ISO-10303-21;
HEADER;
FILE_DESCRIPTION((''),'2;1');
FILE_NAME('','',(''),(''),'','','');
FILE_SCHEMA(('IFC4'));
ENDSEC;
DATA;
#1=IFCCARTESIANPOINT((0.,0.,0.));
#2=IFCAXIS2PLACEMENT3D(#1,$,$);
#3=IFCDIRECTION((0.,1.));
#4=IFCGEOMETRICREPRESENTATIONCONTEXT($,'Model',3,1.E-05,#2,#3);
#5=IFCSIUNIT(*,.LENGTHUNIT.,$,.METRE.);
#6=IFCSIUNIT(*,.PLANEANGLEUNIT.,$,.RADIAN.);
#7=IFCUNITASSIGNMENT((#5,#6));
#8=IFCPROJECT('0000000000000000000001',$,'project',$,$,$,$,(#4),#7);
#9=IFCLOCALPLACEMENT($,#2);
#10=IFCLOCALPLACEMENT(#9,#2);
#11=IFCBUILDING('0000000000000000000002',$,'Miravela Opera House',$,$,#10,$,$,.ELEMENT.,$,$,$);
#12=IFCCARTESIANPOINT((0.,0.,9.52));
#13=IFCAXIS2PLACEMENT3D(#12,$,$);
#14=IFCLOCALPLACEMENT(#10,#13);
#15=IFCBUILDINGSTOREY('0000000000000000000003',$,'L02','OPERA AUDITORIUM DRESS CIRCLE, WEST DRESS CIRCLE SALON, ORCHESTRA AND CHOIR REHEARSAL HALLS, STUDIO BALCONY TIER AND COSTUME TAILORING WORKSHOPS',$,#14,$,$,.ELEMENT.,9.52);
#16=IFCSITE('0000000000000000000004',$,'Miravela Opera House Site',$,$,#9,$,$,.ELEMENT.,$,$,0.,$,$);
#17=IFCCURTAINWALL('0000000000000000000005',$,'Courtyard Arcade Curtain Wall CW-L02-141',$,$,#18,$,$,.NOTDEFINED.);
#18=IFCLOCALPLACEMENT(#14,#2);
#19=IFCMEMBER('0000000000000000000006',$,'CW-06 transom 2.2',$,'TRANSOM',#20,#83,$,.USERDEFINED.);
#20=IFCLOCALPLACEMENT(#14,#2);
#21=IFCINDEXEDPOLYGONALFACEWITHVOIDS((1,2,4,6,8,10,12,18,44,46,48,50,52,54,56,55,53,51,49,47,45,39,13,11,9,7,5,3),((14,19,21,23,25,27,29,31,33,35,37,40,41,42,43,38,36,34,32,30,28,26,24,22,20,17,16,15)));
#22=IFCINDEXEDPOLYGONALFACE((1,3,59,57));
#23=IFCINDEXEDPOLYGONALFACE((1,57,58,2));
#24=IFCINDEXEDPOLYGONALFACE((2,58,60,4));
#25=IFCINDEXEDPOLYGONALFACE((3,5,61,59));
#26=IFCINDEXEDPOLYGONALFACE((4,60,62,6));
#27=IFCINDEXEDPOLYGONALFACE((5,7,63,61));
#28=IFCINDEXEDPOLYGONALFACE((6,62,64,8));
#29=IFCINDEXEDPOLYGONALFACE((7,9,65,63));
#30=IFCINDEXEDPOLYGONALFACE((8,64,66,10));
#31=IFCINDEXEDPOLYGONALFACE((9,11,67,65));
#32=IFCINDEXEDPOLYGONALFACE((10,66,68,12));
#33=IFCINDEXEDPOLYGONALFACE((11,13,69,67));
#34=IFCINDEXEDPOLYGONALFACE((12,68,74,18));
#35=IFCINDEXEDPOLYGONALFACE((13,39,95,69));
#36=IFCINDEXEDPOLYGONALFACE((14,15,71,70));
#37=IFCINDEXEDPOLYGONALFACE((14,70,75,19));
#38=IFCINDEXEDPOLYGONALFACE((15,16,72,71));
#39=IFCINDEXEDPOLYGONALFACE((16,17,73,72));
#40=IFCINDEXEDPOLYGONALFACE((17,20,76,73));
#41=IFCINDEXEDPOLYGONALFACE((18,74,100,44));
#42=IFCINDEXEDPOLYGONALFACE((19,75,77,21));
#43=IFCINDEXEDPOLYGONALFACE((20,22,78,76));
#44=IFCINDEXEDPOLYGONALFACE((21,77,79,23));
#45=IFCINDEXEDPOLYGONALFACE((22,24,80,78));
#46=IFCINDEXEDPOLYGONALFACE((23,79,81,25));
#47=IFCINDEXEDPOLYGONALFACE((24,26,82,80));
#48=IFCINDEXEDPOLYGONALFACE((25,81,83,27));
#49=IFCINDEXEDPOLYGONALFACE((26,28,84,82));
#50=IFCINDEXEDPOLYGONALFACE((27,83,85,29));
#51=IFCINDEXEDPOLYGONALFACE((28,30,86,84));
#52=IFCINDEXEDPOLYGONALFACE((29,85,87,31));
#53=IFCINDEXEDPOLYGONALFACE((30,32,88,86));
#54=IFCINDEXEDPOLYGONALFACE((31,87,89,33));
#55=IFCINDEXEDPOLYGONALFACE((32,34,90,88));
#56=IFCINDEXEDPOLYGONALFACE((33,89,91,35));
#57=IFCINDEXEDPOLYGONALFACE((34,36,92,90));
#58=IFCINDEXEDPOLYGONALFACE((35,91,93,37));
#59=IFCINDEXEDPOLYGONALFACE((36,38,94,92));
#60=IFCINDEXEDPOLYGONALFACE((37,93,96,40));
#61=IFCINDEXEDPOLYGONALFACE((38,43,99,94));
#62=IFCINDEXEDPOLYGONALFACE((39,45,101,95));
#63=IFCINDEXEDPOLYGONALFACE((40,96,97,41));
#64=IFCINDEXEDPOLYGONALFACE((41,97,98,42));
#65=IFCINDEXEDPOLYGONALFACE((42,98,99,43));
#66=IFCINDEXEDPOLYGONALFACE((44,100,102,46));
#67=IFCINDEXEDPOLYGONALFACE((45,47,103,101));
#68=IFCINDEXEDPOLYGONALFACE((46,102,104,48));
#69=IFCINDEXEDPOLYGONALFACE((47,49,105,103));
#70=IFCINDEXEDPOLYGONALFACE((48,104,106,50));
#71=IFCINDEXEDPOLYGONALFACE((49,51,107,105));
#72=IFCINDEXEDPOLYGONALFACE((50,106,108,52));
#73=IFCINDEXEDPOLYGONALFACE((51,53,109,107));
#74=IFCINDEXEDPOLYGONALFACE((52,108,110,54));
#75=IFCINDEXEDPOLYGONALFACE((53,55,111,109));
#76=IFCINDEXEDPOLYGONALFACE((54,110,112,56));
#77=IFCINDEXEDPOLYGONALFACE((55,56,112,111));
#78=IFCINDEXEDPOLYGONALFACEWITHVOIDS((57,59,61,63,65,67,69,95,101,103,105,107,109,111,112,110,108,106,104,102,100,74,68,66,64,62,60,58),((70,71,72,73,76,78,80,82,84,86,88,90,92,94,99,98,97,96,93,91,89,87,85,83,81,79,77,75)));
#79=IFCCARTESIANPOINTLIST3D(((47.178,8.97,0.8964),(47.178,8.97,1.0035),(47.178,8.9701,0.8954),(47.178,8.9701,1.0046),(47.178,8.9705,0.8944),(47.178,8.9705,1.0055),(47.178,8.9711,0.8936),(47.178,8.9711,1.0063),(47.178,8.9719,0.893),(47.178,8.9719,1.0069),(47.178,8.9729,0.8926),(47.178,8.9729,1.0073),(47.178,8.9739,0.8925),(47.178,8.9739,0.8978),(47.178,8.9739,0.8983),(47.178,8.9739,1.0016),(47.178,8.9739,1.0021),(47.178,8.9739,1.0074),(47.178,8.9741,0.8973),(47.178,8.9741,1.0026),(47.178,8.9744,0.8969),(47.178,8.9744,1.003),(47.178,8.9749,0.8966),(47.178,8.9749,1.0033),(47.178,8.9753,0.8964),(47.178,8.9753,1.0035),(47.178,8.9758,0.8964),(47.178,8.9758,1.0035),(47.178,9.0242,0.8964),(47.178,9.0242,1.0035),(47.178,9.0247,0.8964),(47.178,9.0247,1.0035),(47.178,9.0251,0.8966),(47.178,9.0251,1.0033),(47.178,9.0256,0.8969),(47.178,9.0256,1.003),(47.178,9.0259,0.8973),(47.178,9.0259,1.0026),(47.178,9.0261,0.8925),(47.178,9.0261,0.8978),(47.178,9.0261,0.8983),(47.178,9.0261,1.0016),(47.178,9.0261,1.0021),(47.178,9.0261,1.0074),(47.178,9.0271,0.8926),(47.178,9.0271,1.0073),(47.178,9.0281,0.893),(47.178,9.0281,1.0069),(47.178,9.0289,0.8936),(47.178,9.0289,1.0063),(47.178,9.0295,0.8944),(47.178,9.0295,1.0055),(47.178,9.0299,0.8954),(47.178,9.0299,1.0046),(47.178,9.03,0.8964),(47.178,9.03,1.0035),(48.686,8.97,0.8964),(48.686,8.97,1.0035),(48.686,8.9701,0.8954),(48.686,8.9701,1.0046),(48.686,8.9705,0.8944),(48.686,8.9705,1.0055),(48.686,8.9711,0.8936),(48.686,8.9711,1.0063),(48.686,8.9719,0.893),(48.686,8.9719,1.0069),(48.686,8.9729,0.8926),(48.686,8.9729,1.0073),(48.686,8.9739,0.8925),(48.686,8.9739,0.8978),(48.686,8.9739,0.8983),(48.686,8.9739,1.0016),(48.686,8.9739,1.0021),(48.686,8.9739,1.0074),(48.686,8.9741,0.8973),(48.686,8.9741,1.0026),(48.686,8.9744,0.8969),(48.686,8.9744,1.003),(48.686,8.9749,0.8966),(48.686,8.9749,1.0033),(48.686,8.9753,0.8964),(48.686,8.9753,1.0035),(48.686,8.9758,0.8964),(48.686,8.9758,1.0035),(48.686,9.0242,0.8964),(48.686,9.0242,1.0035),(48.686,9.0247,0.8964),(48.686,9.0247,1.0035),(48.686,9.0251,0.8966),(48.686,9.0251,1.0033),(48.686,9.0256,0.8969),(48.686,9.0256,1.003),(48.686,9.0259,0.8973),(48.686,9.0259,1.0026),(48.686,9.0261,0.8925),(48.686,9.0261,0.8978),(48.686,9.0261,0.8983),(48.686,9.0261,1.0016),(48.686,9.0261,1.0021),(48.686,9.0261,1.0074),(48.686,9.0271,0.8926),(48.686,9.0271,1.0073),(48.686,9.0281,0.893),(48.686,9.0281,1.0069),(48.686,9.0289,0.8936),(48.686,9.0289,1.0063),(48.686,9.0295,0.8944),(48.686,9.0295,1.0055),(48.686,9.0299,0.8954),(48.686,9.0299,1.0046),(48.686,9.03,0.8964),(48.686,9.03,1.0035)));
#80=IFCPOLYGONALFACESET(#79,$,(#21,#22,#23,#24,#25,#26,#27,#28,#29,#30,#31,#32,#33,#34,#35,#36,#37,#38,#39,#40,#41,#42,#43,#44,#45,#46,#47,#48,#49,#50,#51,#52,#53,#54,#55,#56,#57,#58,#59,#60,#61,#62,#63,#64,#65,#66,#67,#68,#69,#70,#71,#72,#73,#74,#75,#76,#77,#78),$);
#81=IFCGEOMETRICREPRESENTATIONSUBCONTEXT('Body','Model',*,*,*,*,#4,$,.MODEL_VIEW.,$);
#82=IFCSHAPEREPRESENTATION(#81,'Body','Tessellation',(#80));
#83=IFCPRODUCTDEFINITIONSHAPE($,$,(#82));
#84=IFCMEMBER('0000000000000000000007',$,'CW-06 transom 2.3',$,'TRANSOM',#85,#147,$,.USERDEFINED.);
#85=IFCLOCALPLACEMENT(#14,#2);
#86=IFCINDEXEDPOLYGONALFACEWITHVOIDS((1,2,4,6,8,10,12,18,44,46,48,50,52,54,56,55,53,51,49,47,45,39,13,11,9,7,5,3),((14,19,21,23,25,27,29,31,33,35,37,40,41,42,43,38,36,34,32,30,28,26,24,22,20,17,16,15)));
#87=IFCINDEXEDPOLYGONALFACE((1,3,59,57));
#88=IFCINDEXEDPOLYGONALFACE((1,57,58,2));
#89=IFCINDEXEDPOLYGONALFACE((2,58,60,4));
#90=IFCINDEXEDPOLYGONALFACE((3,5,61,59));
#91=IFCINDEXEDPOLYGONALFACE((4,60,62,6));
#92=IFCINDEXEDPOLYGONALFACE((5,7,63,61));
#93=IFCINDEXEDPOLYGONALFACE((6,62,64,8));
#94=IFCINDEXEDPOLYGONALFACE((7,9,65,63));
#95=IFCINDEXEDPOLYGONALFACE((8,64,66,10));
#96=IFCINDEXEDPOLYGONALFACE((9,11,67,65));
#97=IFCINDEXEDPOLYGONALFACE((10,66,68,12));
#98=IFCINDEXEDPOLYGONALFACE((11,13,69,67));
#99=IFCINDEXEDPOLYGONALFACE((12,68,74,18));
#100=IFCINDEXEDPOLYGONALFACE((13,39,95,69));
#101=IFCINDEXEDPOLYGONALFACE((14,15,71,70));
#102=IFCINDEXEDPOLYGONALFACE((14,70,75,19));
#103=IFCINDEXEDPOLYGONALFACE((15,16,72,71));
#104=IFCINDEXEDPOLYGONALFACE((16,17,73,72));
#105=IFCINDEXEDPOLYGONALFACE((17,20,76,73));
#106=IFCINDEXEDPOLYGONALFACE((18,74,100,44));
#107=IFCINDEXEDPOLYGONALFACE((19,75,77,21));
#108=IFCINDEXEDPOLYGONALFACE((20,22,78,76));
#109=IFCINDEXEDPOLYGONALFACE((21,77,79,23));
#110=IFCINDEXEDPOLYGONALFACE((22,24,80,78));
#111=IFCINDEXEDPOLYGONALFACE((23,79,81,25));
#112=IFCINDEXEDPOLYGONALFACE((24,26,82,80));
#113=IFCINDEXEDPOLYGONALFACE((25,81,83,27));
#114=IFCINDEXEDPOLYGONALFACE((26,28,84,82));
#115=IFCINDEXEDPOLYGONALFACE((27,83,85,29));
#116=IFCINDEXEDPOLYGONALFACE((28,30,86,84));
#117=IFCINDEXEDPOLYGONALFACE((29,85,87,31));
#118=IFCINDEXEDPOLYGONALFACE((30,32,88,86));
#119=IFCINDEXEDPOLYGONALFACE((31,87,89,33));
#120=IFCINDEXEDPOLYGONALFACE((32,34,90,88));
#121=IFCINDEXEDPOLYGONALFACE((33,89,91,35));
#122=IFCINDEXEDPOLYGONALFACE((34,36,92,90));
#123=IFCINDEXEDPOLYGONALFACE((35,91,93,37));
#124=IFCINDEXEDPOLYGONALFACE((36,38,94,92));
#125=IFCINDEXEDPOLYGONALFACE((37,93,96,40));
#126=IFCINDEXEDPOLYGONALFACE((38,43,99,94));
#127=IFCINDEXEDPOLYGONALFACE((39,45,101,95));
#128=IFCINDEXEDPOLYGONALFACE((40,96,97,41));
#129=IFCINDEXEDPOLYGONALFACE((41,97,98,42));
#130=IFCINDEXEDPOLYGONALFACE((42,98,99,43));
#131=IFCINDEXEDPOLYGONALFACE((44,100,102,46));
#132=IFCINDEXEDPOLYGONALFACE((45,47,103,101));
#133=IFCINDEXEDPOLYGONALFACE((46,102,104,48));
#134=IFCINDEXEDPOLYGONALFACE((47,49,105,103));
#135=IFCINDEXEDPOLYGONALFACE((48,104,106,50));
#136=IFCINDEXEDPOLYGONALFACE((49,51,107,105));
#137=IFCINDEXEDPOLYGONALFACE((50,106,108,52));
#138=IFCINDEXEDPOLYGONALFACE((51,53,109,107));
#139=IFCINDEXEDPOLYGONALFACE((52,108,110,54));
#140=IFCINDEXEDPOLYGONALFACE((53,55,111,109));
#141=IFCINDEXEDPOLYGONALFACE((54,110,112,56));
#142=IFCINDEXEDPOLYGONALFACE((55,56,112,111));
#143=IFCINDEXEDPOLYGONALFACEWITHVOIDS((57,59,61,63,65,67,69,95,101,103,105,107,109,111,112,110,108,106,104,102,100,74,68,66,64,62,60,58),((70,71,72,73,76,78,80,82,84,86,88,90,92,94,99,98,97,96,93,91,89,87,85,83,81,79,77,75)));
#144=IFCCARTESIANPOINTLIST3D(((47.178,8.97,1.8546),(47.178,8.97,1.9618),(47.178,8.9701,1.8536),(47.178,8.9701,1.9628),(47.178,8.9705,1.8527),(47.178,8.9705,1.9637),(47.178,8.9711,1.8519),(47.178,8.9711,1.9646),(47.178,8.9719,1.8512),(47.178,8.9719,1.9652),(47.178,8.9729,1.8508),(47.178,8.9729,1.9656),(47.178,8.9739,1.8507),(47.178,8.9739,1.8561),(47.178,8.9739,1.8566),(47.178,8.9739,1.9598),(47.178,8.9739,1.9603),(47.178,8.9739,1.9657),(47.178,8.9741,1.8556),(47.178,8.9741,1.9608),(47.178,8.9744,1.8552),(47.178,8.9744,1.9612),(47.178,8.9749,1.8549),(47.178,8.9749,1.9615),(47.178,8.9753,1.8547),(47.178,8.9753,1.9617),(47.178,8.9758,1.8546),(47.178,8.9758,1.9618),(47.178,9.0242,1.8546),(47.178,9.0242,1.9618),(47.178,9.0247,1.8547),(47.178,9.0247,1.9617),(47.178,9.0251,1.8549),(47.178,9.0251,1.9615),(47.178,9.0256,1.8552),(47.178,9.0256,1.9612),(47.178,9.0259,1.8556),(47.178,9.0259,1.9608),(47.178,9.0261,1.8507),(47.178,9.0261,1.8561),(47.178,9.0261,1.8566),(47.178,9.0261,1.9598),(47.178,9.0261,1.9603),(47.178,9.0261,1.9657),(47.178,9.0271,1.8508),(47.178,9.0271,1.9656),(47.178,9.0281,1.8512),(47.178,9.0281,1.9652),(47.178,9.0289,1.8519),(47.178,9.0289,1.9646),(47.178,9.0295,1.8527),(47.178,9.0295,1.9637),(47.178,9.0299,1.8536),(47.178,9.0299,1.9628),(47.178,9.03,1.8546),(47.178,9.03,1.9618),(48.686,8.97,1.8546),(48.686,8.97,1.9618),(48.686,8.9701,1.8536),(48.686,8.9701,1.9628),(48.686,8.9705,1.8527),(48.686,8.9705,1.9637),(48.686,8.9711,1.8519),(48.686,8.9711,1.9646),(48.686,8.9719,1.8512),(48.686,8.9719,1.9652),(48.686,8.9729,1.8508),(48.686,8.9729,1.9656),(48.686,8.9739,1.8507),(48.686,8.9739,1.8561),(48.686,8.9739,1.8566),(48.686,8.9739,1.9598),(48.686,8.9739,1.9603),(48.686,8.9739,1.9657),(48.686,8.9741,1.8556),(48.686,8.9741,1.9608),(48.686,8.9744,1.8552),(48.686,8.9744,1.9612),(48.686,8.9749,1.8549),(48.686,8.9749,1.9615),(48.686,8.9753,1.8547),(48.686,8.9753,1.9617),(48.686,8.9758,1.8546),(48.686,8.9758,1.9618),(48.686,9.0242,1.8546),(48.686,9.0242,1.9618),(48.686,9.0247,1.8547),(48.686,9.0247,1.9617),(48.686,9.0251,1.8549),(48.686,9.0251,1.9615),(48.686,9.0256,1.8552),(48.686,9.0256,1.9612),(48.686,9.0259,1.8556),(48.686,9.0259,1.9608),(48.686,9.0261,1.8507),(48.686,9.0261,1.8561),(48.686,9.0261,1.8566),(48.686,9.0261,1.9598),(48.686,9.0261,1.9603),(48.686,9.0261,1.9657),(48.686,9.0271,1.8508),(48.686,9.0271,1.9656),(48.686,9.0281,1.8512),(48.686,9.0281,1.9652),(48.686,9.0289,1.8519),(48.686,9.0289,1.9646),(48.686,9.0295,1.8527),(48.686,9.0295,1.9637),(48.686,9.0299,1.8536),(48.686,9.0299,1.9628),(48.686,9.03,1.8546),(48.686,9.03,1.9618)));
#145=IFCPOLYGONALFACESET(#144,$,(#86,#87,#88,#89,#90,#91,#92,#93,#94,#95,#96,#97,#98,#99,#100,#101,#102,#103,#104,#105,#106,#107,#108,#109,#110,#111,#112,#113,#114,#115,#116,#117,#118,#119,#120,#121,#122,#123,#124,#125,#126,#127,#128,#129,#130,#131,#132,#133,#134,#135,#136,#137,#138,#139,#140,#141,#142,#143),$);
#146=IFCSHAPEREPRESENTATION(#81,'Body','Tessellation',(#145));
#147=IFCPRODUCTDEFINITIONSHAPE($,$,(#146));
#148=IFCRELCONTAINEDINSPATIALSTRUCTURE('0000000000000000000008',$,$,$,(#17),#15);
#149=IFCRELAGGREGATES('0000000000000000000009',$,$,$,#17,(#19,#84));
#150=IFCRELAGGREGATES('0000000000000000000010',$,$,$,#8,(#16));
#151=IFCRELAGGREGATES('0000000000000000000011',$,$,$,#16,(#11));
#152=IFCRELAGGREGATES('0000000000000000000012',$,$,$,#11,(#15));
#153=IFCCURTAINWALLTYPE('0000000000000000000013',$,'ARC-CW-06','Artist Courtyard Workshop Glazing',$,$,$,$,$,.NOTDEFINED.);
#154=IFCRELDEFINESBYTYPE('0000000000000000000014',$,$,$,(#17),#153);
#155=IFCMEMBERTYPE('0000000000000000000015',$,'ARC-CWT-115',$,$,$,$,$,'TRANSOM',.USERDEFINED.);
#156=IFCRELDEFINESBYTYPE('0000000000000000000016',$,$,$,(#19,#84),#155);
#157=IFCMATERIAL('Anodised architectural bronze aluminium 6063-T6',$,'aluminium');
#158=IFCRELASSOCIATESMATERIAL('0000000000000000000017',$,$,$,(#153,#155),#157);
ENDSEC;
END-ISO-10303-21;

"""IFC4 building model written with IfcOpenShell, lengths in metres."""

from ifc_helpers import new_model, si_unit, direction, frame, origin, origin_2d, place, context, subcontext, project, spatial, hollow_rectangle, extrude, material, material_profile, profile_set, type_object, element, aggregate, save


model = new_model("IFC4")

# Units and contexts
model_context = context("Model", 3, precision=1e-05, world=origin(), true_north=direction((0.0, 1.0)))
body_context = subcontext(model_context, "Body", "Model", "MODEL_VIEW")
ifc_project = project(units=[si_unit("LENGTHUNIT", "METRE"), si_unit("PLANEANGLEUNIT", "RADIAN")], contexts=[model_context])

# Site, building, storey
site_placement = place(None, origin())
site = spatial("IfcSite", under=ifc_project, at=site_placement, Name="Miravela Opera House Site", CompositionType="ELEMENT", RefElevation=0.0)
building_placement = place(site_placement, origin())
building = spatial("IfcBuilding", under=site, at=building_placement, Name="Miravela Opera House", CompositionType="ELEMENT")
storey_placement = place(building_placement, frame((0.0, 0.0, 9.52)))
storey = spatial("IfcBuildingStorey", under=building, at=storey_placement, Name="L02", Description="OPERA AUDITORIUM DRESS CIRCLE, WEST DRESS CIRCLE SALON, ORCHESTRA AND CHOIR REHEARSAL HALLS, STUDIO BALCONY TIER AND COSTUME TAILORING WORKSHOPS", CompositionType="ELEMENT", Elevation=9.52)

# Curtain wall, members
ifc_material_1 = material(Name="Anodised architectural bronze aluminium 6063-T6", Category="aluminium")
curtain_wall_type = type_object("IfcCurtainWallType", Name="ARC-CW-06", Description="Artist Courtyard Workshop Glazing", PredefinedType="NOTDEFINED", material=ifc_material_1)
curtain_wall_placement = place(storey_placement, origin())
curtain_wall = element("IfcCurtainWall", 1, at=curtain_wall_placement, inside=storey, type_object=curtain_wall_type, Name="Courtyard Arcade Curtain Wall CW-L02-141", PredefinedType="NOTDEFINED")
ifc_material_profile_1 = material_profile(ifc_material_1, hollow_rectangle(XDim=0.0601, YDim=0.115, WallThickness=0.0039, InnerFilletRadius=0.002, OuterFilletRadius=0.0039, at=origin_2d()), Name="CWT-60X115")
ifc_profile_set_1 = profile_set([ifc_material_profile_1])
member_type_1 = type_object("IfcMemberType", Name="ARC-CWT-115", ElementType="TRANSOM", PredefinedType="USERDEFINED", material=ifc_profile_set_1)
member_1_placement = place(storey_placement, frame((47.178, 9.0, 0.95), z_axis=(1.0, 0.0, 0.0), x_axis=(0.0, 1.0, 0.0)))
member_1 = element("IfcMember", 2, at=member_1_placement, type_object=member_type_1, Name="CW-06 transom 2.2", ObjectType="TRANSOM", PredefinedType="USERDEFINED", context=body_context, shape_type="SweptSolid", body=[
    extrude(hollow_rectangle(XDim=0.0601, YDim=0.115, WallThickness=0.0039, InnerFilletRadius=0.002, OuterFilletRadius=0.0039, at=origin_2d()), origin(), (0.0, 0.0, 1.0), 1.5081),
])
member_2_placement = place(storey_placement, frame((47.178, 9.0, 1.9082), z_axis=(1.0, 0.0, 0.0), x_axis=(0.0, 1.0, 0.0)))
member_2 = element("IfcMember", 3, at=member_2_placement, type_object=member_type_1, Name="CW-06 transom 2.3", ObjectType="TRANSOM", PredefinedType="USERDEFINED", context=body_context, shape_type="SweptSolid", body=[
    extrude(hollow_rectangle(XDim=0.0601, YDim=0.115, WallThickness=0.0039, InnerFilletRadius=0.002, OuterFilletRadius=0.0039, at=origin_2d()), origin(), (0.0, 0.0, 1.0), 1.5081),
])
aggregate(curtain_wall, [member_1, member_2])

save(model, "model.ifc")
